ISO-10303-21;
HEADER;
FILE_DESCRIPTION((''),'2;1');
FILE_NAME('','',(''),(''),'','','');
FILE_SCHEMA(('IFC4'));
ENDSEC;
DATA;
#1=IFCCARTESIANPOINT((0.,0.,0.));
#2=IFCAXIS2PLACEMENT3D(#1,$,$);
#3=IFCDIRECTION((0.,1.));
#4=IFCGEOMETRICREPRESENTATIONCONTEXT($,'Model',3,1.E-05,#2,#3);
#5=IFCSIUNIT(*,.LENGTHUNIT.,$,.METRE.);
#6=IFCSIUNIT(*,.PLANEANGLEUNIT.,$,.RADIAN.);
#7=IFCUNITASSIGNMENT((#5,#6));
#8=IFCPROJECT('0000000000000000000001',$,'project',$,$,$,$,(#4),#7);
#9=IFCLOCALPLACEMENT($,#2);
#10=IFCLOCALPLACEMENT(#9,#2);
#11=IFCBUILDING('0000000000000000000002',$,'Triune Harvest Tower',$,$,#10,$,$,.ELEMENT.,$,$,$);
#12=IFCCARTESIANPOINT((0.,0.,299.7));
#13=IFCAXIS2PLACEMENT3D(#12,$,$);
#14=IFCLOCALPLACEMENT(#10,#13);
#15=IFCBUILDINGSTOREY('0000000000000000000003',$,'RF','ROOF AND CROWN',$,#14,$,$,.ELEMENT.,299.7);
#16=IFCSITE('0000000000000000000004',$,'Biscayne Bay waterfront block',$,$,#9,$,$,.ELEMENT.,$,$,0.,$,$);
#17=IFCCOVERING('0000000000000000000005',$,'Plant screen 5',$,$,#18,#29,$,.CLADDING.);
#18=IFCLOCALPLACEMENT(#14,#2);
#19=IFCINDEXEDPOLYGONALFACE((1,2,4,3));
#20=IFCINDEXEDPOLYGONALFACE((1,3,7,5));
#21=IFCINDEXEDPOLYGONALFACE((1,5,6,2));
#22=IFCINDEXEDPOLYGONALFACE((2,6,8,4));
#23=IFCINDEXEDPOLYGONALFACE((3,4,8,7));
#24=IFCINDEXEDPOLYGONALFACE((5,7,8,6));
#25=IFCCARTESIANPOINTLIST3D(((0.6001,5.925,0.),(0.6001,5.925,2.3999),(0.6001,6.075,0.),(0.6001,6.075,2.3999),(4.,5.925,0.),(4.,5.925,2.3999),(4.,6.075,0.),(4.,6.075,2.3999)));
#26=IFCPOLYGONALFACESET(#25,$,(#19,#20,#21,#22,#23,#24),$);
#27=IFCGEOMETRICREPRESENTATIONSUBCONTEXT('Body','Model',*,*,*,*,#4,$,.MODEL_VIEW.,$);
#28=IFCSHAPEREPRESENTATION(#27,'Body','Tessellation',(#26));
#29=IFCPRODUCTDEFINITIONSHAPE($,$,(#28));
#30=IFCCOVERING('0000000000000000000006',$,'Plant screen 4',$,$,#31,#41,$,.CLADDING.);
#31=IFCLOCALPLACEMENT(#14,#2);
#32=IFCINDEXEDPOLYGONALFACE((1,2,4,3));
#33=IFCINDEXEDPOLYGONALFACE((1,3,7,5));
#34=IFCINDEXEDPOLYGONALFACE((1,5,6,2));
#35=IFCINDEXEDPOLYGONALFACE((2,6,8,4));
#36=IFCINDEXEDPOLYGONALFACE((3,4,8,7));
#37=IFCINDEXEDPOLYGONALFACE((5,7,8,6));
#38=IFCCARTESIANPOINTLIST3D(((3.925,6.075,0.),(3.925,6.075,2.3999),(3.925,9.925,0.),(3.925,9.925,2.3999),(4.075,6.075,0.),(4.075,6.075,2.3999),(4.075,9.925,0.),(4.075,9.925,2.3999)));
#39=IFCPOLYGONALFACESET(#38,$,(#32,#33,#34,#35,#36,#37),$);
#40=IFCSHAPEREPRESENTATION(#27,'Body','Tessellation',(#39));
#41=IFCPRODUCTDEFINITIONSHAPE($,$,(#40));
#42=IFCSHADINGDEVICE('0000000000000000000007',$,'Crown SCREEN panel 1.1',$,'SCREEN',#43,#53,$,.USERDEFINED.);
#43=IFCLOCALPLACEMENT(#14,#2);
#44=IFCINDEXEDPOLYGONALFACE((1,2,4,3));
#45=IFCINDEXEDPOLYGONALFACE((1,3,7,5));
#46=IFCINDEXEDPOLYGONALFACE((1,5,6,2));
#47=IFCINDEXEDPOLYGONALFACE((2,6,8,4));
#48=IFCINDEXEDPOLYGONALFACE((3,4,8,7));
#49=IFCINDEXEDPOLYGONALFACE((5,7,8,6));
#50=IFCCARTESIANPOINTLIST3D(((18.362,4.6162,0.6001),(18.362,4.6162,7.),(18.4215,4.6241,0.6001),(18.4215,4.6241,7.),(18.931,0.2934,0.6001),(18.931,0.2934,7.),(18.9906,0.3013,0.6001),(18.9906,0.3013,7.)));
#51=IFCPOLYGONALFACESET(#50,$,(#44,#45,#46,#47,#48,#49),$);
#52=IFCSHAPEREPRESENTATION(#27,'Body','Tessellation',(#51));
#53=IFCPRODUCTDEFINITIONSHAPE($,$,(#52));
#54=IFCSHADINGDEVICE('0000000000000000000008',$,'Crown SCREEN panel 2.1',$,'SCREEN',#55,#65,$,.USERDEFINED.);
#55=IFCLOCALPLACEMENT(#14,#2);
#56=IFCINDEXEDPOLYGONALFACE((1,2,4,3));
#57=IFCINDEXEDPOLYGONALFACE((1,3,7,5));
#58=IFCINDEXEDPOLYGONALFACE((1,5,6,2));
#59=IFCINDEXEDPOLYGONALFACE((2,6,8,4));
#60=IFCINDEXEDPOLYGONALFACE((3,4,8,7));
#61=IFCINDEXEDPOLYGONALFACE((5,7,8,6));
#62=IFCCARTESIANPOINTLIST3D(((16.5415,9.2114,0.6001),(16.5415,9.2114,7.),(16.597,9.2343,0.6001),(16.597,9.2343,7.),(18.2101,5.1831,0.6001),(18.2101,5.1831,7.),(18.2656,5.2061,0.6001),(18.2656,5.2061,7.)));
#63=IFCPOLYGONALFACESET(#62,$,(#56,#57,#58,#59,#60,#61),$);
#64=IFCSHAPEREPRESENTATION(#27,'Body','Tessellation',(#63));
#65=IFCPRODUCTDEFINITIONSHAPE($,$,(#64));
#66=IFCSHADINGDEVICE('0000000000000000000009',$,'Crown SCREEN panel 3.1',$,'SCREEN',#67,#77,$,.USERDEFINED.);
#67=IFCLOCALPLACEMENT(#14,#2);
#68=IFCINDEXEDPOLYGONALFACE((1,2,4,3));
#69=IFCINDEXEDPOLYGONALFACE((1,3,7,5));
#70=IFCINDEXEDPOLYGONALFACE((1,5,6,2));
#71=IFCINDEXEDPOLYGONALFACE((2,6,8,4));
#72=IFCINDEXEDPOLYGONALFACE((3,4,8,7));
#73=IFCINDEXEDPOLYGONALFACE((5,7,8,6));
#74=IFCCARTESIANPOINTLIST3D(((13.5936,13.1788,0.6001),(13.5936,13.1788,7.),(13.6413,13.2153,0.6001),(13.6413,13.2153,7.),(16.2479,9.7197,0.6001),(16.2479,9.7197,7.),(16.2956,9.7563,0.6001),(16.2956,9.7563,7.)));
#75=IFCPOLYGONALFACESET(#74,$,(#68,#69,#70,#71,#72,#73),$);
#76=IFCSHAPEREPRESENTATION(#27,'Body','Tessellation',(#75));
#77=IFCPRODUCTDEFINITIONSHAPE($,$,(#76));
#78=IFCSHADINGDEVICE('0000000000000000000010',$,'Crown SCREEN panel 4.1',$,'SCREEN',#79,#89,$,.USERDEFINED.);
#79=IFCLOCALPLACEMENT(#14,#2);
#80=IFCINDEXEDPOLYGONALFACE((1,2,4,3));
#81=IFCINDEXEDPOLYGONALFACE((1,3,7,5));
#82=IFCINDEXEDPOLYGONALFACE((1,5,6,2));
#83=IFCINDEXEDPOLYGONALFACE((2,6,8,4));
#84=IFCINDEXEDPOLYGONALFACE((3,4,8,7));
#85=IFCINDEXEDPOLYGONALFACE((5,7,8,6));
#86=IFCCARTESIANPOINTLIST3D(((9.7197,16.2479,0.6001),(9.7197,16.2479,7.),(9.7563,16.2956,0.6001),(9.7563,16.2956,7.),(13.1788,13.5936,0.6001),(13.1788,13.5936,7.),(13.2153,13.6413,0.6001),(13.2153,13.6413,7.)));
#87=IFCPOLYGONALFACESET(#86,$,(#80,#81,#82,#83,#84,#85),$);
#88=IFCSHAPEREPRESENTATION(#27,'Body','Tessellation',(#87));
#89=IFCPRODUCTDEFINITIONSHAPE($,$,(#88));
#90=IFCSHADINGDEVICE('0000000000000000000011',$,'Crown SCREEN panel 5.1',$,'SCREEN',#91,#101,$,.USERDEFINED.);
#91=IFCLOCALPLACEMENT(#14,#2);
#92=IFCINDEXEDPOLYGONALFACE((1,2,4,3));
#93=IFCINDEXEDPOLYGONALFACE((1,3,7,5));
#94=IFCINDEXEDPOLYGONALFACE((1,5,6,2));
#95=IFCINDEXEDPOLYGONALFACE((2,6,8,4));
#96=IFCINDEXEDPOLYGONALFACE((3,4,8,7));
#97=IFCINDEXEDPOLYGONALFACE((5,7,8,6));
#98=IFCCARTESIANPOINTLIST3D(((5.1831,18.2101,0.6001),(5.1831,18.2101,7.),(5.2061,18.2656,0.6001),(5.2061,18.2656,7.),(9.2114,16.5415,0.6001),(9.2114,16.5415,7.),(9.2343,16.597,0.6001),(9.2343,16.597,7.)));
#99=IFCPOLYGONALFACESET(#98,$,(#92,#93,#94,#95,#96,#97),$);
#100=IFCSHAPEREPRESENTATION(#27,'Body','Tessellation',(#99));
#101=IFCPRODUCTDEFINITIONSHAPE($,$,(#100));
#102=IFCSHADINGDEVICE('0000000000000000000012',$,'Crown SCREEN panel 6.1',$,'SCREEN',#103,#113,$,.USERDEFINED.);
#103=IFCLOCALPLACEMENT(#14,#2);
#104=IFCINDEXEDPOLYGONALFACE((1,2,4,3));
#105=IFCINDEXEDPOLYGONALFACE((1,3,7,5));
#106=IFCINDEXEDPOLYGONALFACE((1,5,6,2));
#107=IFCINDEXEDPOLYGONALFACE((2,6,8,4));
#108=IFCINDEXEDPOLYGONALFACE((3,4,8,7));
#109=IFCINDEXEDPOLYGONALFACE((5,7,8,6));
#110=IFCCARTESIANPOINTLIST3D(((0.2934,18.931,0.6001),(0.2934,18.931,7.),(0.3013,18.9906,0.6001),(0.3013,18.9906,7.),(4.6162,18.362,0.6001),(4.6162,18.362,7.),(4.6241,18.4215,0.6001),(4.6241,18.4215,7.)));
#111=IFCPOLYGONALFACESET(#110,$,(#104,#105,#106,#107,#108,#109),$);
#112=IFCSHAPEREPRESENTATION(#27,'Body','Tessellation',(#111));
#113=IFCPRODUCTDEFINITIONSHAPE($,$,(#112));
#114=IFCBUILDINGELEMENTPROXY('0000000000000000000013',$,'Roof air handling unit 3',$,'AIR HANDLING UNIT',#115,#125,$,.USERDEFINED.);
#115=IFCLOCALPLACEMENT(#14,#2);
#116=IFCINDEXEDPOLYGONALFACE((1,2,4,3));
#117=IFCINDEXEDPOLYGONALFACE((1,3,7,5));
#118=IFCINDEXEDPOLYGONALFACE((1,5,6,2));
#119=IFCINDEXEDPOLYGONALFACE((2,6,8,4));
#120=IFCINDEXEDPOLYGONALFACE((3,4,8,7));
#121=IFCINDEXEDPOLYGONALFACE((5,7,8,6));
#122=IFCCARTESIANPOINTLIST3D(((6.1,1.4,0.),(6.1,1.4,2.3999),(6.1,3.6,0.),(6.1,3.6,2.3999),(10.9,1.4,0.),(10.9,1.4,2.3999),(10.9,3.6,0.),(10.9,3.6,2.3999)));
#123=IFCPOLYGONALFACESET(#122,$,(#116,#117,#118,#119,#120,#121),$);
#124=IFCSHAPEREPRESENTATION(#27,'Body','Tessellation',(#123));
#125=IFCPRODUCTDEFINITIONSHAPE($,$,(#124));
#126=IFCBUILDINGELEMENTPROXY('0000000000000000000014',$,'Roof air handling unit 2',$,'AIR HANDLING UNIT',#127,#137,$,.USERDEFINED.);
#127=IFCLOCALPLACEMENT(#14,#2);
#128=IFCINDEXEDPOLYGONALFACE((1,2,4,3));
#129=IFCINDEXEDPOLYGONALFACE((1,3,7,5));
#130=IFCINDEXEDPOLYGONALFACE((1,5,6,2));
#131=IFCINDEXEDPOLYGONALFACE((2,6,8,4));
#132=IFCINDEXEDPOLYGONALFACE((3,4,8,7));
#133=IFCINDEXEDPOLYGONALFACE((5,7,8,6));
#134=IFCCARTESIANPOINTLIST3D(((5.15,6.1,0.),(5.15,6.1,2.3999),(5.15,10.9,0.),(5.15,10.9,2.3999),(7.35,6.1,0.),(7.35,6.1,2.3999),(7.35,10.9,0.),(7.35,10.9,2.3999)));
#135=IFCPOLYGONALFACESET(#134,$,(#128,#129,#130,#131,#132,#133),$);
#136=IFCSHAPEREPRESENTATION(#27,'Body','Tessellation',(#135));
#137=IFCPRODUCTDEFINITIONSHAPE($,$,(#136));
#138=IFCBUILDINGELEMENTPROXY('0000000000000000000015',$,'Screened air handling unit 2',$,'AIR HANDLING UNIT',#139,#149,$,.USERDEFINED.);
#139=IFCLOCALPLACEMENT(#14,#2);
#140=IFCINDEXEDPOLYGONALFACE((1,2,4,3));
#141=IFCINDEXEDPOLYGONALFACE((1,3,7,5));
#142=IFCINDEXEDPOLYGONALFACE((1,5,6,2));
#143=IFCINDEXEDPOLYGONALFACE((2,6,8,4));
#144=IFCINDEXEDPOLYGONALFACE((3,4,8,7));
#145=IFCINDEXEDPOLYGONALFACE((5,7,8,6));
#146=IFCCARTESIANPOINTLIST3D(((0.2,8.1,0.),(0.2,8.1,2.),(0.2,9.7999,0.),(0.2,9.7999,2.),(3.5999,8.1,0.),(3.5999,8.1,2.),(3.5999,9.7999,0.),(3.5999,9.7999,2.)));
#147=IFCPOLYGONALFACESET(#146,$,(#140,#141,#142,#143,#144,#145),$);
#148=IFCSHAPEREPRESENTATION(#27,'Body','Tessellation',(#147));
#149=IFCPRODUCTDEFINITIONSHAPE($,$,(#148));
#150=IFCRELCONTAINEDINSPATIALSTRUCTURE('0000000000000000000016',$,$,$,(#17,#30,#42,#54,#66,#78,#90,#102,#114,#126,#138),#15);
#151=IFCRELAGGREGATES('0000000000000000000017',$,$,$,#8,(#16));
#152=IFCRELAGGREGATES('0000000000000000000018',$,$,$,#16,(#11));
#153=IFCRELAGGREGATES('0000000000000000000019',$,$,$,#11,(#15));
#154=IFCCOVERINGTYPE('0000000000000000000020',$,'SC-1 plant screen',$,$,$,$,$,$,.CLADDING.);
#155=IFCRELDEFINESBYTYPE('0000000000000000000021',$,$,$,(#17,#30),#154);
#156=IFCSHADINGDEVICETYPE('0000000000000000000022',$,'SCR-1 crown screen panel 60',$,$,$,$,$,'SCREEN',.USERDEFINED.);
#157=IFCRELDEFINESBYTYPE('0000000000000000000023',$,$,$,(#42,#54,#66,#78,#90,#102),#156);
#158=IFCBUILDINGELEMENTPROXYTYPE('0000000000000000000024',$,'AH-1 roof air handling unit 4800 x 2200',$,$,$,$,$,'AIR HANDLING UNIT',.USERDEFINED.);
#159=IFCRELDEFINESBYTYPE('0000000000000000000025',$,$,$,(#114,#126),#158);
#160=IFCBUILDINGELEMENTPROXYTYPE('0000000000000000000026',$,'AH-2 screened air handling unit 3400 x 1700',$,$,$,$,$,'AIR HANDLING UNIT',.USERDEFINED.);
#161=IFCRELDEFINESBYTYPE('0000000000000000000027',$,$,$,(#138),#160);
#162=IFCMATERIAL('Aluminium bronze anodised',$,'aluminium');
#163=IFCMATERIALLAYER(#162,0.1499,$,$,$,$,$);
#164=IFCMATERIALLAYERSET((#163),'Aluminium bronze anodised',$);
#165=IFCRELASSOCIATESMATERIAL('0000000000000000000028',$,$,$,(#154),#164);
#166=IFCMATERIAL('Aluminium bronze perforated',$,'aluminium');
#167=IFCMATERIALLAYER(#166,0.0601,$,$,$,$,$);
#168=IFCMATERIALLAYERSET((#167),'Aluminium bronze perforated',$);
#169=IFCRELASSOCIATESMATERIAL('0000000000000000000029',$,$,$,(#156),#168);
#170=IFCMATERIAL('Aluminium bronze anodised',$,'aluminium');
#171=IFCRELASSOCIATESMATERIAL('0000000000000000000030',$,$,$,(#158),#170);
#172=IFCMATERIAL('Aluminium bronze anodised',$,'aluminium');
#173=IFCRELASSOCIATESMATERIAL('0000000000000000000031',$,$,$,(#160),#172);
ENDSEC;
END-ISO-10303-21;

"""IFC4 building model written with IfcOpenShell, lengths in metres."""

from ifc_helpers import new_model, si_unit, direction, frame, origin, origin_2d, place, context, subcontext, project, spatial, rectangle, extrude, source, transform, mapped, material, layer, layer_set, type_object, element, save


model = new_model("IFC4")

# Units and contexts
model_context = context("Model", 3, precision=1e-05, world=origin(), true_north=direction((0.0, 1.0)))
body_context = subcontext(model_context, "Body", "Model", "MODEL_VIEW")
ifc_project = project(units=[si_unit("LENGTHUNIT", "METRE"), si_unit("PLANEANGLEUNIT", "RADIAN")], contexts=[model_context])

# Site, building, storey
site_placement = place(None, origin())
site = spatial("IfcSite", under=ifc_project, at=site_placement, Name="Biscayne Bay waterfront block", CompositionType="ELEMENT", RefElevation=0.0)
building_placement = place(site_placement, origin())
building = spatial("IfcBuilding", under=site, at=building_placement, Name="Triune Harvest Tower", CompositionType="ELEMENT")
storey_placement = place(building_placement, frame((0.0, 0.0, 299.7)))
storey = spatial("IfcBuildingStorey", under=building, at=storey_placement, Name="RF", Description="ROOF AND CROWN", CompositionType="ELEMENT", Elevation=299.7)

# Coverings
ifc_material_1 = material(Name="Aluminium bronze anodised", Category="aluminium")
ifc_layer_1 = layer(ifc_material_1, 0.1499)
ifc_layer_set_1 = layer_set([ifc_layer_1], Name="Aluminium bronze anodised")
covering_type = type_object("IfcCoveringType", Name="SC-1 plant screen", PredefinedType="CLADDING", material=ifc_layer_set_1)
shared_shape_1 = source(origin(), body_context, "Body", "SweptSolid", [
    extrude(rectangle(XDim=3.3999, YDim=0.1499, at=origin_2d()), origin(), (0.0, 0.0, 1.0), 2.3999),
])
covering_1_placement = place(storey_placement, frame((2.3, 6.0, 0.0), z_axis=(0.0, 0.0, 1.0), x_axis=(1.0, 0.0, 0.0)))
element("IfcCovering", 1, at=covering_1_placement, inside=storey, type_object=covering_type, Name="Plant screen 5", PredefinedType="CLADDING", context=body_context, shape_type="MappedRepresentation", body=[
    mapped(shared_shape_1, transform((0.0, 0.0, 0.0), scale=1.0)),
])
shared_shape_2 = source(origin(), body_context, "Body", "SweptSolid", [
    extrude(rectangle(XDim=0.1499, YDim=3.8501, at=origin_2d()), origin(), (0.0, 0.0, 1.0), 2.3999),
])
covering_2_placement = place(storey_placement, frame((4.0, 8.0, 0.0), z_axis=(0.0, 0.0, 1.0), x_axis=(1.0, 0.0, 0.0)))
element("IfcCovering", 2, at=covering_2_placement, inside=storey, type_object=covering_type, Name="Plant screen 4", PredefinedType="CLADDING", context=body_context, shape_type="MappedRepresentation", body=[
    mapped(shared_shape_2, transform((0.0, 0.0, 0.0), scale=1.0)),
])

# Shading devices
ifc_material_2 = material(Name="Aluminium bronze perforated", Category="aluminium")
ifc_layer_2 = layer(ifc_material_2, 0.0601)
ifc_layer_set_2 = layer_set([ifc_layer_2], Name="Aluminium bronze perforated")
shading_device_type = type_object("IfcShadingDeviceType", Name="SCR-1 crown screen panel 60", ElementType="SCREEN", PredefinedType="USERDEFINED", material=ifc_layer_set_2)
shared_shape_3 = source(origin(), body_context, "Body", "SweptSolid", [
    extrude(rectangle(XDim=4.3601, YDim=0.0601, at=origin_2d()), origin(), (0.0, 0.0, 1.0), 6.3999),
])
for number, where, z_axis, x_axis, name in (
    (3, (18.6763, 2.4587, 0.6001), (0.0, 0.0, 1.0), (-0.130523, 0.991445, 0.0), "Crown SCREEN panel 1.1"),
    (4, (17.4036, 7.2087, 0.6001), (0.0, 0.0, 1.0), (-0.382685, 0.923879, 0.0), "Crown SCREEN panel 2.1"),
    (5, (14.9446, 11.4675, 0.6001), (0.0, 0.0, 1.0), (-0.60877, 0.793347, 0.0), "Crown SCREEN panel 3.1"),
    (6, (11.4675, 14.9446, 0.6001), (0.0, 0.0, 1.0), (-0.793347, 0.60877, 0.0), "Crown SCREEN panel 4.1"),
    (7, (7.2087, 17.4036, 0.6001), (0.0, 0.0, 1.0), (-0.923879, 0.382685, 0.0), "Crown SCREEN panel 5.1"),
    (8, (2.4587, 18.6763, 0.6001), (0.0, 0.0, 1.0), (-0.991445, 0.130523, 0.0), "Crown SCREEN panel 6.1"),
):
    element("IfcShadingDevice", number, at=place(storey_placement, frame(where, z_axis=z_axis, x_axis=x_axis)), inside=storey, type_object=shading_device_type, Name=name, ObjectType="SCREEN", PredefinedType="USERDEFINED", context=body_context, shape_type="MappedRepresentation", body=[
        mapped(shared_shape_3, transform((0.0, 0.0, 0.0), scale=1.0)),
    ])

# Building element proxies
ifc_material_3 = material(Name="Aluminium bronze anodised", Category="aluminium")
building_element_proxy_type_1 = type_object("IfcBuildingElementProxyType", Name="AH-1 roof air handling unit 4800 x 2200", ElementType="AIR HANDLING UNIT", PredefinedType="USERDEFINED", material=ifc_material_3)
shared_shape_4 = source(origin(), body_context, "Body", "SweptSolid", [
    extrude(rectangle(XDim=4.8, YDim=2.2, at=origin_2d()), origin(), (0.0, 0.0, 1.0), 2.3999),
])
proxy_1_placement = place(storey_placement, frame((8.5, 2.5, 0.0), z_axis=(0.0, 0.0, 1.0), x_axis=(1.0, 0.0, 0.0)))
element("IfcBuildingElementProxy", 9, at=proxy_1_placement, inside=storey, type_object=building_element_proxy_type_1, Name="Roof air handling unit 3", ObjectType="AIR HANDLING UNIT", PredefinedType="USERDEFINED", context=body_context, shape_type="MappedRepresentation", body=[
    mapped(shared_shape_4, transform((0.0, 0.0, 0.0), scale=1.0)),
])
shared_shape_5 = source(origin(), body_context, "Body", "SweptSolid", [
    extrude(rectangle(XDim=2.2, YDim=4.8, at=origin_2d()), origin(), (0.0, 0.0, 1.0), 2.3999),
])
proxy_2_placement = place(storey_placement, frame((6.25, 8.5, 0.0), z_axis=(0.0, 0.0, 1.0), x_axis=(1.0, 0.0, 0.0)))
element("IfcBuildingElementProxy", 10, at=proxy_2_placement, inside=storey, type_object=building_element_proxy_type_1, Name="Roof air handling unit 2", ObjectType="AIR HANDLING UNIT", PredefinedType="USERDEFINED", context=body_context, shape_type="MappedRepresentation", body=[
    mapped(shared_shape_5, transform((0.0, 0.0, 0.0), scale=1.0)),
])
ifc_material_4 = material(Name="Aluminium bronze anodised", Category="aluminium")
building_element_proxy_type_2 = type_object("IfcBuildingElementProxyType", Name="AH-2 screened air handling unit 3400 x 1700", ElementType="AIR HANDLING UNIT", PredefinedType="USERDEFINED", material=ifc_material_4)
shared_shape_6 = source(origin(), body_context, "Body", "SweptSolid", [
    extrude(rectangle(XDim=3.3999, YDim=1.7, at=origin_2d()), origin(), (0.0, 0.0, 1.0), 2.0),
])
proxy_3_placement = place(storey_placement, frame((1.8999, 8.95, 0.0), z_axis=(0.0, 0.0, 1.0), x_axis=(1.0, 0.0, 0.0)))
element("IfcBuildingElementProxy", 11, at=proxy_3_placement, inside=storey, type_object=building_element_proxy_type_2, Name="Screened air handling unit 2", ObjectType="AIR HANDLING UNIT", PredefinedType="USERDEFINED", context=body_context, shape_type="MappedRepresentation", body=[
    mapped(shared_shape_6, transform((0.0, 0.0, 0.0), scale=1.0)),
])

save(model, "model.ifc")
